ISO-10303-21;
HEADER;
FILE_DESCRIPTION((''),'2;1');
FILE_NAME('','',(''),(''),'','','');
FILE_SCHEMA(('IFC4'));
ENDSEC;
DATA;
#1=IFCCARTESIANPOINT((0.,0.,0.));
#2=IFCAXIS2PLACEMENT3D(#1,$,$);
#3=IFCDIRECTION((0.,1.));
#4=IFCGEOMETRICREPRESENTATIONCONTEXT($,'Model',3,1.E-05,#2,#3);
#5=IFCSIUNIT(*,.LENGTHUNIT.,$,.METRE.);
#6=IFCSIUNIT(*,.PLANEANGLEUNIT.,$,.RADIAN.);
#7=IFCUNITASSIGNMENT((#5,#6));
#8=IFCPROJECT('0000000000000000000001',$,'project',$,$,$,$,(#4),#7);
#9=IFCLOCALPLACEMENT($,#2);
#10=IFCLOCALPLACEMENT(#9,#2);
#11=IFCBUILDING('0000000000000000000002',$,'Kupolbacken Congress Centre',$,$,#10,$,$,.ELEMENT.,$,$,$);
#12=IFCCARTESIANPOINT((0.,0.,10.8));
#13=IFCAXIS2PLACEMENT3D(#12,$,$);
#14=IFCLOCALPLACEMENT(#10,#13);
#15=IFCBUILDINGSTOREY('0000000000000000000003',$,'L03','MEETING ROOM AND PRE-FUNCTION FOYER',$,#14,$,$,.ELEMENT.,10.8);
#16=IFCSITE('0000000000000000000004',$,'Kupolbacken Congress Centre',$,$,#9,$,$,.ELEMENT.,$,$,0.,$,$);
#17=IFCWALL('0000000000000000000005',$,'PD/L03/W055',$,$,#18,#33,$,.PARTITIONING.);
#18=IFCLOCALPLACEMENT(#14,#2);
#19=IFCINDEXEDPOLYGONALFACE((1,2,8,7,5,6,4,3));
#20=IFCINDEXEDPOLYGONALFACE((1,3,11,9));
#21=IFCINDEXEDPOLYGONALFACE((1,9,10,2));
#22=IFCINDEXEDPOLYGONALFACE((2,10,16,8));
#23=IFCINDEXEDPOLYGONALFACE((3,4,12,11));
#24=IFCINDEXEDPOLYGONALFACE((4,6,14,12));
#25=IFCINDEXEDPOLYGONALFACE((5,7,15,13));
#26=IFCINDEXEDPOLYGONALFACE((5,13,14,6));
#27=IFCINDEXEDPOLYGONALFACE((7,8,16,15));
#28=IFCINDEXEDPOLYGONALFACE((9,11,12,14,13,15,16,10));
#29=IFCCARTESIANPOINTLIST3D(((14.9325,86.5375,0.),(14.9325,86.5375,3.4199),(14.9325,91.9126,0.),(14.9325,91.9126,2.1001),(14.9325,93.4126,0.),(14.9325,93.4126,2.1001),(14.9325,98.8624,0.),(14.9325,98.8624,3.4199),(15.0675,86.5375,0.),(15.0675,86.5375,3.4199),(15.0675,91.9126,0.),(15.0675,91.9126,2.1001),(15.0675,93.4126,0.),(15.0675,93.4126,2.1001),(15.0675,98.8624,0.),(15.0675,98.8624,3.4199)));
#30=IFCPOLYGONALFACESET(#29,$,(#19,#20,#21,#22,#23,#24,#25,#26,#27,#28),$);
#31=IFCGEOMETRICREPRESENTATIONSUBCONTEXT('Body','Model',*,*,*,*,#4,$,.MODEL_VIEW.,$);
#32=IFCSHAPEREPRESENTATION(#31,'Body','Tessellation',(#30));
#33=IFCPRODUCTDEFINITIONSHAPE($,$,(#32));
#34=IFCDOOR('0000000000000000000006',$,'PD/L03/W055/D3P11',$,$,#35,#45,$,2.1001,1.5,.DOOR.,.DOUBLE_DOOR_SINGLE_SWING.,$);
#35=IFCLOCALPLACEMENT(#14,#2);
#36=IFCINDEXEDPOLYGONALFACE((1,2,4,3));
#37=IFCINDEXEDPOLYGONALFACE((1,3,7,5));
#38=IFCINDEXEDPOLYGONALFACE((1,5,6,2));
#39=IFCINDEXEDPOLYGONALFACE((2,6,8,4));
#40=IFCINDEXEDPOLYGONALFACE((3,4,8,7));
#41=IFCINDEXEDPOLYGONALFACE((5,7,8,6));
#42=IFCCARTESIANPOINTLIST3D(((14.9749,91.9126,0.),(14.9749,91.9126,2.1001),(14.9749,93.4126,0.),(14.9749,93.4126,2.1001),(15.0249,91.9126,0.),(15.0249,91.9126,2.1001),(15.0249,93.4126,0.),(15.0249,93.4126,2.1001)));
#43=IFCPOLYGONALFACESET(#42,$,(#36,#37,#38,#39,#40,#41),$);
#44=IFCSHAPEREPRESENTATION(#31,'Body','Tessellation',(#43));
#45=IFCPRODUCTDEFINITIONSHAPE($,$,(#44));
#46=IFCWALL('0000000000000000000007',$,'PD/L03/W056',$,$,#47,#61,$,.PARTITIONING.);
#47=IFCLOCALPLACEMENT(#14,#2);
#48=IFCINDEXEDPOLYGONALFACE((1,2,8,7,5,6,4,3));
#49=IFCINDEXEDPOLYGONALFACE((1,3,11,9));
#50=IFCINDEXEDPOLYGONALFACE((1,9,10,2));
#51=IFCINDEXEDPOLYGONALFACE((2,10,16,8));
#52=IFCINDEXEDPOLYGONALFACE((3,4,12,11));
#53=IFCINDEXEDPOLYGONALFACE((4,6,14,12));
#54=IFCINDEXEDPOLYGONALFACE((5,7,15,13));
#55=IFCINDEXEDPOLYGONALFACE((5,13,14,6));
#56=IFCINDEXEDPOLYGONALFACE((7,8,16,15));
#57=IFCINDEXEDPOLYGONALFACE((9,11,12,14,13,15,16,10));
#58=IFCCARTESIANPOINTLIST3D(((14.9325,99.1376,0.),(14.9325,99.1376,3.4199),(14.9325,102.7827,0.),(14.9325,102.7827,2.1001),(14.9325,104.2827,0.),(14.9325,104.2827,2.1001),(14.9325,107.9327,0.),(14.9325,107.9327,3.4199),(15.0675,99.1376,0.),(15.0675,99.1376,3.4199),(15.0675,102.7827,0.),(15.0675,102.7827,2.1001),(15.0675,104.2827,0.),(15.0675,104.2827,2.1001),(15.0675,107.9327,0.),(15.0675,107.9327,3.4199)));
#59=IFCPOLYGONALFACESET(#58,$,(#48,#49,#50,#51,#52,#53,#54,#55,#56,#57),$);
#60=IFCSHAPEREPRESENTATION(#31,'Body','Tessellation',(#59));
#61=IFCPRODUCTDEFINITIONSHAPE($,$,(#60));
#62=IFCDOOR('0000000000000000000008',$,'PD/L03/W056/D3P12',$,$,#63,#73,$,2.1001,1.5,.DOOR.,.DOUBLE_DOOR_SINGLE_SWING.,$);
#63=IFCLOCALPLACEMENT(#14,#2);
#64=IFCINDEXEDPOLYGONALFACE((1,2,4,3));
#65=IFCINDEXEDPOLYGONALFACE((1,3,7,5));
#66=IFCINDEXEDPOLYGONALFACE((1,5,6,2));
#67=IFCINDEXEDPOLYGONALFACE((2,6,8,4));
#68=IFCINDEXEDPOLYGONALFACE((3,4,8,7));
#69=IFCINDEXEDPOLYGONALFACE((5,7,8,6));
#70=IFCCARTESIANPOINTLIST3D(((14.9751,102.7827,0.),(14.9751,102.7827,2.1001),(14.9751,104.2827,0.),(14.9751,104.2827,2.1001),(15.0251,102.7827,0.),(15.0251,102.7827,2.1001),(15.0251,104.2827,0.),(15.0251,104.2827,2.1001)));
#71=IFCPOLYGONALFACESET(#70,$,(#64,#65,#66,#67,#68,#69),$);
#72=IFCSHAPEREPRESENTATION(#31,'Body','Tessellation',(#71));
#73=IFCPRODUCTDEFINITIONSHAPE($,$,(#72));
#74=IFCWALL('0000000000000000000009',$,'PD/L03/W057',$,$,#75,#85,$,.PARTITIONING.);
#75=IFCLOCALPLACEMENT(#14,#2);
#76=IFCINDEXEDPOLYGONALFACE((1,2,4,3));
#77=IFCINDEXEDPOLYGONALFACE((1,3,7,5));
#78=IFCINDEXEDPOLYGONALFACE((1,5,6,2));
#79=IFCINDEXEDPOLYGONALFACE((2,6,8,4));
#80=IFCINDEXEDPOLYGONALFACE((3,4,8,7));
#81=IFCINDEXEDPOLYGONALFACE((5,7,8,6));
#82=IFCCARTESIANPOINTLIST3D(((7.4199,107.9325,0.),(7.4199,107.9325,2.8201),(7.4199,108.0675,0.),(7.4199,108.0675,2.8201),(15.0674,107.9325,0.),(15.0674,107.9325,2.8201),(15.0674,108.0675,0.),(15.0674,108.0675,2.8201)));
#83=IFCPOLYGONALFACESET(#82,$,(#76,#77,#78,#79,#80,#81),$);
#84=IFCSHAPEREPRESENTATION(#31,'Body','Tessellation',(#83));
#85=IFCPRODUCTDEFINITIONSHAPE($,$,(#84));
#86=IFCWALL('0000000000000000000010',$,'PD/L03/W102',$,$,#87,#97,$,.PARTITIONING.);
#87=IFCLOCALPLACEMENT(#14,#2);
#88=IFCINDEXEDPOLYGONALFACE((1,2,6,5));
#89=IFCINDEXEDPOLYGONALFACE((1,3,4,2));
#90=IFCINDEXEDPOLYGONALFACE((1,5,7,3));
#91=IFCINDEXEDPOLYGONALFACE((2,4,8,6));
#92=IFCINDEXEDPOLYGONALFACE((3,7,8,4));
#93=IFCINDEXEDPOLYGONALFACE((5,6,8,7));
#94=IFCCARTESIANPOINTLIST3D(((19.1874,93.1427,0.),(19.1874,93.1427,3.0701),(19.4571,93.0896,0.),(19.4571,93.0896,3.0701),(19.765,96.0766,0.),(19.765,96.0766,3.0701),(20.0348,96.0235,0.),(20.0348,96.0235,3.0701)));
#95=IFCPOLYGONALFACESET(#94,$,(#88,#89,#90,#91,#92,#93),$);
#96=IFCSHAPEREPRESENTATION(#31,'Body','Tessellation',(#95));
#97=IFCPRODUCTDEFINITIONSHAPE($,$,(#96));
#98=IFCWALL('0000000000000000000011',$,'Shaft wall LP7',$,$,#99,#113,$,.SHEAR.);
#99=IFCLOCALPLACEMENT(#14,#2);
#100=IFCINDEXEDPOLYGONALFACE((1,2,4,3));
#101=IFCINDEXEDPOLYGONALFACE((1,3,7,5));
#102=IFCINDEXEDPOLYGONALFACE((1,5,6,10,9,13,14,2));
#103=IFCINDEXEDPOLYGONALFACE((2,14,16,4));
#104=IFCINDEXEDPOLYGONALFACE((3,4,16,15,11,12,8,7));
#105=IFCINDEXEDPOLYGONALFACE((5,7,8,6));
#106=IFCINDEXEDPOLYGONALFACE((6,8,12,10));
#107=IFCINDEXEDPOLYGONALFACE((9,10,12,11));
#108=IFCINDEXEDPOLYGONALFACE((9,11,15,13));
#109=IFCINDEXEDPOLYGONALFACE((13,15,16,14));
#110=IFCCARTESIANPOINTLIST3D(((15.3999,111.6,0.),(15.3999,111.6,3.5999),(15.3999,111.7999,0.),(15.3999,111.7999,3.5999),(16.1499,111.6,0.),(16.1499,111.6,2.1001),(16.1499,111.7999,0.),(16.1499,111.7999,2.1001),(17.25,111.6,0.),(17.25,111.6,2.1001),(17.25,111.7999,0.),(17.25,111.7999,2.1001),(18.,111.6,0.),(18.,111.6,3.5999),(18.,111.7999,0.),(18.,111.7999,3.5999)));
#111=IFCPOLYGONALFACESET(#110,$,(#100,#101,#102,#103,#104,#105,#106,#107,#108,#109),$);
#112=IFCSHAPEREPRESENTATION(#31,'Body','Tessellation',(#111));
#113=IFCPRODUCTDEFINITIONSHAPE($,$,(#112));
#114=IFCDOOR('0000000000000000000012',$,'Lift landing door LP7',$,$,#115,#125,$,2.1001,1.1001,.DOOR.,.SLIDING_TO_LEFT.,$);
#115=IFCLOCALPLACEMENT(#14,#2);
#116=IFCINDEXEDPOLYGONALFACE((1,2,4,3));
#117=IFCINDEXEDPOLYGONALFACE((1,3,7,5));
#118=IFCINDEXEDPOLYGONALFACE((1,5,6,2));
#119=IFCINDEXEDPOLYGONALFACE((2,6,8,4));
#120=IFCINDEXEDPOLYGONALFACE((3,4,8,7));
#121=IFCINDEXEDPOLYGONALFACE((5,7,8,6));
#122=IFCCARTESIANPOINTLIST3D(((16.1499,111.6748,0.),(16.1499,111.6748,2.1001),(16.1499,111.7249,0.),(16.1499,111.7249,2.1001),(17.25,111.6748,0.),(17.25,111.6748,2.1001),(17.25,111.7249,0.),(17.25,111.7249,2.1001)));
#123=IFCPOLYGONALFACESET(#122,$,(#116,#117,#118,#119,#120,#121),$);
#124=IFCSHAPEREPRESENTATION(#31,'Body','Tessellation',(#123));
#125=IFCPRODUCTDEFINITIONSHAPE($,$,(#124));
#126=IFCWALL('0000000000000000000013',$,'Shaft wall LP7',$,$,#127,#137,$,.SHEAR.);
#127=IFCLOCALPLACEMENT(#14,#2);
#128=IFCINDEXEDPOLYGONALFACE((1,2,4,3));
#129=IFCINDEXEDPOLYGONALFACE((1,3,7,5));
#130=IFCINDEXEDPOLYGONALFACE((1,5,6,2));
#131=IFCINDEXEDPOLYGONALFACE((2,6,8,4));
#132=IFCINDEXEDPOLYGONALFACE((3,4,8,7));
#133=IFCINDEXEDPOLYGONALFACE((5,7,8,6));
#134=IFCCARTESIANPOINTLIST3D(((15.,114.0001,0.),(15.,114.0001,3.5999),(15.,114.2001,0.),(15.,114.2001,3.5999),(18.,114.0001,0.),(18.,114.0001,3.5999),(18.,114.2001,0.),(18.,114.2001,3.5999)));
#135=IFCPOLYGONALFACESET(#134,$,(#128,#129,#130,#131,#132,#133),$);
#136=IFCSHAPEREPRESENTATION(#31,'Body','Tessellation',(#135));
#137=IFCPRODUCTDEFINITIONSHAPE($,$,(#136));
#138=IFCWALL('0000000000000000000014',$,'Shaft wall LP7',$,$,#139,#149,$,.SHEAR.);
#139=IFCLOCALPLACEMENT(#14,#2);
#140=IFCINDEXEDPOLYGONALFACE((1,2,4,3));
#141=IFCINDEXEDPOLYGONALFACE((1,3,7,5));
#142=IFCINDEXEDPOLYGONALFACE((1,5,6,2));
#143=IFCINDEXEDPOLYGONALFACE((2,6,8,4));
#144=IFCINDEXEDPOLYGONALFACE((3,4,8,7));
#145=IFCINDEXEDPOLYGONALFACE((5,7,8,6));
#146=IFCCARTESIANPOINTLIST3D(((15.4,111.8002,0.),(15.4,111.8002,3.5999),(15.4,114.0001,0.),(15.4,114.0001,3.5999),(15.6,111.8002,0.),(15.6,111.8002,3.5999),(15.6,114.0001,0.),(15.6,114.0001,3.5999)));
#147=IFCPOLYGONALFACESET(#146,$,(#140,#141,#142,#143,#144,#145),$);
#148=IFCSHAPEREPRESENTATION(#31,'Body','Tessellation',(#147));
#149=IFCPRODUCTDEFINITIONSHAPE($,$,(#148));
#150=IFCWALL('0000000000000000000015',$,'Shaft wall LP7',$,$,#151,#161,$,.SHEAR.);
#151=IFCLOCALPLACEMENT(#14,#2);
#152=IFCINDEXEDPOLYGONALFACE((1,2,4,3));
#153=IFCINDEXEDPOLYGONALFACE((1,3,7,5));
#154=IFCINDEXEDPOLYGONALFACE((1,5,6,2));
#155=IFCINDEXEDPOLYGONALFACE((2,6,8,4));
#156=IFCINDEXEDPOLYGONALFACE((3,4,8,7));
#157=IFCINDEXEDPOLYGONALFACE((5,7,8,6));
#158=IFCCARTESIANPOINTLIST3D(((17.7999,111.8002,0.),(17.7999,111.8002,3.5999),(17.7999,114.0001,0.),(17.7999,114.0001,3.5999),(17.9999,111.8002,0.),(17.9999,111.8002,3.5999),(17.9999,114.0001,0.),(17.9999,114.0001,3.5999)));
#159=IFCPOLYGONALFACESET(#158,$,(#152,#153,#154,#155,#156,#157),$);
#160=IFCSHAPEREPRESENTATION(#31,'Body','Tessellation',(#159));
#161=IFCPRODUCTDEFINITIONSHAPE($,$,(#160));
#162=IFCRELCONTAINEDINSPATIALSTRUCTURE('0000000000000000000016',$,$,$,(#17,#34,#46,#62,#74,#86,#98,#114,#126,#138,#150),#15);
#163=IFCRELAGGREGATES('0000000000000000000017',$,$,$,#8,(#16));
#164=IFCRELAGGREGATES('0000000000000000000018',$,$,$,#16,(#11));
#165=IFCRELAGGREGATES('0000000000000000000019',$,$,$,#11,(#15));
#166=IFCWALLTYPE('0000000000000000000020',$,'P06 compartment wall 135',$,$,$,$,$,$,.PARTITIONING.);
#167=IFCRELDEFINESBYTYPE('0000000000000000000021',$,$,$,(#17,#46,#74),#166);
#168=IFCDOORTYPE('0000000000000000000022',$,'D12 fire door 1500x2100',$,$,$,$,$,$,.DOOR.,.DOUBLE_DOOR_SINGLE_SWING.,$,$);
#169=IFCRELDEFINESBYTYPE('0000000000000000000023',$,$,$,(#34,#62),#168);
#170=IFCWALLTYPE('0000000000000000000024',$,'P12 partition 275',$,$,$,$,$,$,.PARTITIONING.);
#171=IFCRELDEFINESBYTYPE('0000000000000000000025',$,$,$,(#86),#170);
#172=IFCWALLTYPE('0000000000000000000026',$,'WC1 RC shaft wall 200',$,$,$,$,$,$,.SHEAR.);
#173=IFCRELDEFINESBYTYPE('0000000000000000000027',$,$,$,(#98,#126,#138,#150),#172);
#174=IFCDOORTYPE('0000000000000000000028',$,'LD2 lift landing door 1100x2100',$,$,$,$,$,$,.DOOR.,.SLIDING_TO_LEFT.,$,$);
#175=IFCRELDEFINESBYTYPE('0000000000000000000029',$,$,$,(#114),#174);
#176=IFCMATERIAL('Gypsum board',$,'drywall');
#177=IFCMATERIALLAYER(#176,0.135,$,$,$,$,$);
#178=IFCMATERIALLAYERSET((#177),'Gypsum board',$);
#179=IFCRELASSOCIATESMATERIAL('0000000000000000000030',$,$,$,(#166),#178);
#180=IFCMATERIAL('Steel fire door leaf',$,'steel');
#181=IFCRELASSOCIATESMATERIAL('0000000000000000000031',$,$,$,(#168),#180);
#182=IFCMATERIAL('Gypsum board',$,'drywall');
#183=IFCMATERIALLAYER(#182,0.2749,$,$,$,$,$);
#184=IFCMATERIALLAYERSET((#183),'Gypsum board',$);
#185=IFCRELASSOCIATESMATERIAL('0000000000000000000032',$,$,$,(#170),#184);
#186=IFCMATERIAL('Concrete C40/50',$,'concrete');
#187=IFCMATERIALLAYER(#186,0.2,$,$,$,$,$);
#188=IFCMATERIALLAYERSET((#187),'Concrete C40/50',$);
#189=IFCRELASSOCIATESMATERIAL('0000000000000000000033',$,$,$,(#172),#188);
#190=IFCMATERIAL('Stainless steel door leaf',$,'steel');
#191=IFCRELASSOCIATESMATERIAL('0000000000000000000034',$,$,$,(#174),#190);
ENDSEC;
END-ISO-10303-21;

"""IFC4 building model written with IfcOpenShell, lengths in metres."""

from ifc_helpers import new_model, si_unit, direction, frame, frame_2d, origin, place, context, subcontext, project, spatial, rectangle, extrude, material, layer, layer_set, type_object, element, fill, save


model = new_model("IFC4")

# Units and contexts
model_context = context("Model", 3, precision=1e-05, world=origin(), true_north=direction((0.0, 1.0)))
body_context = subcontext(model_context, "Body", "Model", "MODEL_VIEW")
ifc_project = project(units=[si_unit("LENGTHUNIT", "METRE"), si_unit("PLANEANGLEUNIT", "RADIAN")], contexts=[model_context])

# Site, building, storey
site_placement = place(None, origin())
site = spatial("IfcSite", under=ifc_project, at=site_placement, Name="Kupolbacken Congress Centre", CompositionType="ELEMENT", RefElevation=0.0)
building_placement = place(site_placement, origin())
building = spatial("IfcBuilding", under=site, at=building_placement, Name="Kupolbacken Congress Centre", CompositionType="ELEMENT")
storey_placement = place(building_placement, frame((0.0, 0.0, 10.8)))
storey = spatial("IfcBuildingStorey", under=building, at=storey_placement, Name="L03", Description="MEETING ROOM AND PRE-FUNCTION FOYER", CompositionType="ELEMENT", Elevation=10.8)

# Walls, openings, doors
ifc_material_1 = material(Name="Gypsum board", Category="drywall")
ifc_layer_1 = layer(ifc_material_1, 0.135)
ifc_layer_set_1 = layer_set([ifc_layer_1], Name="Gypsum board")
wall_type_1 = type_object("IfcWallType", Name="P06 compartment wall 135", PredefinedType="PARTITIONING", material=ifc_layer_set_1)
wall_1_placement = place(storey_placement, frame((15.0, 98.8625, 0.0), z_axis=(0.0, 0.0, 1.0), x_axis=(0.0, -1.0, 0.0)))
wall_1 = element("IfcWall", 1, at=wall_1_placement, inside=storey, type_object=wall_type_1, Name="PD/L03/W055", PredefinedType="PARTITIONING", context=body_context, shape_type="SweptSolid", body=[
    extrude(rectangle(XDim=12.325, YDim=0.135, at=frame_2d((6.1626, 0.0))), origin(), (0.0, 0.0, 1.0), 3.4199),
])
opening_1_placement = place(wall_1_placement, frame((5.45, 0.0, 0.0)))
opening_1 = element("IfcOpeningElement", 2, at=opening_1_placement, cuts=wall_1, PredefinedType="OPENING", context=body_context, shape_type="SweptSolid", body=[
    extrude(rectangle(XDim=1.5, YDim=2.1001, at=frame_2d((0.75, 1.05))), frame((0.0, 0.0774, 0.0), z_axis=(0.0, -1.0, 0.0), x_axis=(1.0, 0.0, 0.0)), (0.0, 0.0, 1.0), 0.155),
])
ifc_material_2 = material(Name="Steel fire door leaf", Category="steel")
door_type_1 = type_object("IfcDoorType", Name="D12 fire door 1500x2100", OperationType="DOUBLE_DOOR_SINGLE_SWING", PredefinedType="DOOR", material=ifc_material_2)
door_1_placement = place(opening_1_placement, origin())
door_1 = element("IfcDoor", 3, at=door_1_placement, inside=storey, type_object=door_type_1, Name="PD/L03/W055/D3P11", OperationType="DOUBLE_DOOR_SINGLE_SWING", OverallHeight=2.1001, OverallWidth=1.5, PredefinedType="DOOR", context=body_context, shape_type="SweptSolid", body=[
    extrude(rectangle(XDim=1.5, YDim=2.1001, at=frame_2d((0.75, 1.05))), frame((0.0, 0.0249, 0.0), z_axis=(0.0, -1.0, 0.0), x_axis=(1.0, 0.0, 0.0)), (0.0, 0.0, 1.0), 0.05),
])
fill(opening_1, door_1)
wall_2_placement = place(storey_placement, frame((15.0, 107.9326, 0.0), z_axis=(0.0, 0.0, 1.0), x_axis=(0.0, -1.0, 0.0)))
wall_2 = element("IfcWall", 4, at=wall_2_placement, inside=storey, type_object=wall_type_1, Name="PD/L03/W056", PredefinedType="PARTITIONING", context=body_context, shape_type="SweptSolid", body=[
    extrude(rectangle(XDim=8.7952, YDim=0.135, at=frame_2d((4.3975, 0.0))), origin(), (0.0, 0.0, 1.0), 3.4199),
])
opening_2_placement = place(wall_2_placement, frame((3.6499, 0.0, 0.0)))
opening_2 = element("IfcOpeningElement", 5, at=opening_2_placement, cuts=wall_2, PredefinedType="OPENING", context=body_context, shape_type="SweptSolid", body=[
    extrude(rectangle(XDim=1.5, YDim=2.1001, at=frame_2d((0.75, 1.05))), frame((0.0, 0.0774, 0.0), z_axis=(0.0, -1.0, 0.0), x_axis=(1.0, 0.0, 0.0)), (0.0, 0.0, 1.0), 0.155),
])
door_2_placement = place(opening_2_placement, frame((1.5, 0.0, 0.0), z_axis=(0.0, 0.0, 1.0), x_axis=(-1.0, 0.0, 0.0)))
door_2 = element("IfcDoor", 6, at=door_2_placement, inside=storey, type_object=door_type_1, Name="PD/L03/W056/D3P12", OperationType="DOUBLE_DOOR_SINGLE_SWING", OverallHeight=2.1001, OverallWidth=1.5, PredefinedType="DOOR", context=body_context, shape_type="SweptSolid", body=[
    extrude(rectangle(XDim=1.5, YDim=2.1001, at=frame_2d((0.75, 1.05))), frame((0.0, 0.0249, 0.0), z_axis=(0.0, -1.0, 0.0), x_axis=(1.0, 0.0, 0.0)), (0.0, 0.0, 1.0), 0.05),
])
fill(opening_2, door_2)

# Walls
wall_3_placement = place(storey_placement, frame((7.4199, 108.0, 0.0), z_axis=(0.0, 0.0, 1.0), x_axis=(1.0, 0.0, 0.0)))
element("IfcWall", 7, at=wall_3_placement, inside=storey, type_object=wall_type_1, Name="PD/L03/W057", PredefinedType="PARTITIONING", context=body_context, shape_type="SweptSolid", body=[
    extrude(rectangle(XDim=7.6475, YDim=0.135, at=frame_2d((3.8237, 0.0))), origin(), (0.0, 0.0, 1.0), 2.8201),
])
ifc_material_3 = material(Name="Gypsum board", Category="drywall")
ifc_layer_2 = layer(ifc_material_3, 0.2749)
ifc_layer_set_2 = layer_set([ifc_layer_2], Name="Gypsum board")
wall_type_2 = type_object("IfcWallType", Name="P12 partition 275", PredefinedType="PARTITIONING", material=ifc_layer_set_2)
wall_4_placement = place(storey_placement, frame((19.8999, 96.05, 0.0), z_axis=(0.0, 0.0, 1.0), x_axis=(-0.193179, -0.981164, 0.0)))
element("IfcWall", 8, at=wall_4_placement, inside=storey, type_object=wall_type_2, Name="PD/L03/W102", PredefinedType="PARTITIONING", context=body_context, shape_type="SweptSolid", body=[
    extrude(rectangle(XDim=2.9902, YDim=0.2749, at=frame_2d((1.4951, 0.0))), origin(), (0.0, 0.0, 1.0), 3.0701),
])

# Wall, opening, door
ifc_material_4 = material(Name="Concrete C40/50", Category="concrete")
ifc_layer_3 = layer(ifc_material_4, 0.2)
ifc_layer_set_3 = layer_set([ifc_layer_3], Name="Concrete C40/50")
wall_type_3 = type_object("IfcWallType", Name="WC1 RC shaft wall 200", PredefinedType="SHEAR", material=ifc_layer_set_3)
wall_5_placement = place(storey_placement, frame((15.3999, 111.7, 0.0), z_axis=(0.0, 0.0, 1.0), x_axis=(1.0, 0.0, 0.0)))
wall_5 = element("IfcWall", 9, at=wall_5_placement, inside=storey, type_object=wall_type_3, Name="Shaft wall LP7", PredefinedType="SHEAR", context=body_context, shape_type="SweptSolid", body=[
    extrude(rectangle(XDim=2.6001, YDim=0.2, at=frame_2d((1.3, 0.0))), origin(), (0.0, 0.0, 1.0), 3.5999),
])
opening_3_placement = place(wall_5_placement, frame((0.75, 0.0, 0.0)))
opening_3 = element("IfcOpeningElement", 10, at=opening_3_placement, cuts=wall_5, PredefinedType="OPENING", context=body_context, shape_type="SweptSolid", body=[
    extrude(rectangle(XDim=1.1001, YDim=2.1001, at=frame_2d((0.55, 1.05))), frame((0.0, 0.1099, 0.0), z_axis=(0.0, -1.0, 0.0), x_axis=(1.0, 0.0, 0.0)), (0.0, 0.0, 1.0), 0.22),
])
ifc_material_5 = material(Name="Stainless steel door leaf", Category="steel")
door_type_2 = type_object("IfcDoorType", Name="LD2 lift landing door 1100x2100", OperationType="SLIDING_TO_LEFT", PredefinedType="DOOR", material=ifc_material_5)
door_3_placement = place(opening_3_placement, origin())
door_3 = element("IfcDoor", 11, at=door_3_placement, inside=storey, type_object=door_type_2, Name="Lift landing door LP7", OperationType="SLIDING_TO_LEFT", OverallHeight=2.1001, OverallWidth=1.1001, PredefinedType="DOOR", context=body_context, shape_type="SweptSolid", body=[
    extrude(rectangle(XDim=1.1001, YDim=2.1001, at=frame_2d((0.55, 1.05))), frame((0.0, 0.0249, 0.0), z_axis=(0.0, -1.0, 0.0), x_axis=(1.0, 0.0, 0.0)), (0.0, 0.0, 1.0), 0.05),
])
fill(opening_3, door_3)

# Walls
wall_6_placement = place(storey_placement, frame((15.0, 114.1001, 0.0), z_axis=(0.0, 0.0, 1.0), x_axis=(1.0, 0.0, 0.0)))
element("IfcWall", 12, at=wall_6_placement, inside=storey, type_object=wall_type_3, Name="Shaft wall LP7", PredefinedType="SHEAR", context=body_context, shape_type="SweptSolid", body=[
    extrude(rectangle(XDim=3.0, YDim=0.2, at=frame_2d((1.5, 0.0))), origin(), (0.0, 0.0, 1.0), 3.5999),
])
for number, where, z_axis, x_axis, name in (
    (13, (15.5, 111.8, 0.0), (0.0, 0.0, 1.0), (0.0, 1.0, 0.0), "Shaft wall LP7"),
    (14, (17.8999, 111.8, 0.0), (0.0, 0.0, 1.0), (0.0, 1.0, 0.0), "Shaft wall LP7"),
):
    element("IfcWall", number, at=place(storey_placement, frame(where, z_axis=z_axis, x_axis=x_axis)), inside=storey, type_object=wall_type_3, Name=name, PredefinedType="SHEAR", context=body_context, shape_type="SweptSolid", body=[
        extrude(rectangle(XDim=2.2, YDim=0.2, at=frame_2d((1.1001, 0.0))), origin(), (0.0, 0.0, 1.0), 3.5999),
    ])

save(model, "model.ifc")
